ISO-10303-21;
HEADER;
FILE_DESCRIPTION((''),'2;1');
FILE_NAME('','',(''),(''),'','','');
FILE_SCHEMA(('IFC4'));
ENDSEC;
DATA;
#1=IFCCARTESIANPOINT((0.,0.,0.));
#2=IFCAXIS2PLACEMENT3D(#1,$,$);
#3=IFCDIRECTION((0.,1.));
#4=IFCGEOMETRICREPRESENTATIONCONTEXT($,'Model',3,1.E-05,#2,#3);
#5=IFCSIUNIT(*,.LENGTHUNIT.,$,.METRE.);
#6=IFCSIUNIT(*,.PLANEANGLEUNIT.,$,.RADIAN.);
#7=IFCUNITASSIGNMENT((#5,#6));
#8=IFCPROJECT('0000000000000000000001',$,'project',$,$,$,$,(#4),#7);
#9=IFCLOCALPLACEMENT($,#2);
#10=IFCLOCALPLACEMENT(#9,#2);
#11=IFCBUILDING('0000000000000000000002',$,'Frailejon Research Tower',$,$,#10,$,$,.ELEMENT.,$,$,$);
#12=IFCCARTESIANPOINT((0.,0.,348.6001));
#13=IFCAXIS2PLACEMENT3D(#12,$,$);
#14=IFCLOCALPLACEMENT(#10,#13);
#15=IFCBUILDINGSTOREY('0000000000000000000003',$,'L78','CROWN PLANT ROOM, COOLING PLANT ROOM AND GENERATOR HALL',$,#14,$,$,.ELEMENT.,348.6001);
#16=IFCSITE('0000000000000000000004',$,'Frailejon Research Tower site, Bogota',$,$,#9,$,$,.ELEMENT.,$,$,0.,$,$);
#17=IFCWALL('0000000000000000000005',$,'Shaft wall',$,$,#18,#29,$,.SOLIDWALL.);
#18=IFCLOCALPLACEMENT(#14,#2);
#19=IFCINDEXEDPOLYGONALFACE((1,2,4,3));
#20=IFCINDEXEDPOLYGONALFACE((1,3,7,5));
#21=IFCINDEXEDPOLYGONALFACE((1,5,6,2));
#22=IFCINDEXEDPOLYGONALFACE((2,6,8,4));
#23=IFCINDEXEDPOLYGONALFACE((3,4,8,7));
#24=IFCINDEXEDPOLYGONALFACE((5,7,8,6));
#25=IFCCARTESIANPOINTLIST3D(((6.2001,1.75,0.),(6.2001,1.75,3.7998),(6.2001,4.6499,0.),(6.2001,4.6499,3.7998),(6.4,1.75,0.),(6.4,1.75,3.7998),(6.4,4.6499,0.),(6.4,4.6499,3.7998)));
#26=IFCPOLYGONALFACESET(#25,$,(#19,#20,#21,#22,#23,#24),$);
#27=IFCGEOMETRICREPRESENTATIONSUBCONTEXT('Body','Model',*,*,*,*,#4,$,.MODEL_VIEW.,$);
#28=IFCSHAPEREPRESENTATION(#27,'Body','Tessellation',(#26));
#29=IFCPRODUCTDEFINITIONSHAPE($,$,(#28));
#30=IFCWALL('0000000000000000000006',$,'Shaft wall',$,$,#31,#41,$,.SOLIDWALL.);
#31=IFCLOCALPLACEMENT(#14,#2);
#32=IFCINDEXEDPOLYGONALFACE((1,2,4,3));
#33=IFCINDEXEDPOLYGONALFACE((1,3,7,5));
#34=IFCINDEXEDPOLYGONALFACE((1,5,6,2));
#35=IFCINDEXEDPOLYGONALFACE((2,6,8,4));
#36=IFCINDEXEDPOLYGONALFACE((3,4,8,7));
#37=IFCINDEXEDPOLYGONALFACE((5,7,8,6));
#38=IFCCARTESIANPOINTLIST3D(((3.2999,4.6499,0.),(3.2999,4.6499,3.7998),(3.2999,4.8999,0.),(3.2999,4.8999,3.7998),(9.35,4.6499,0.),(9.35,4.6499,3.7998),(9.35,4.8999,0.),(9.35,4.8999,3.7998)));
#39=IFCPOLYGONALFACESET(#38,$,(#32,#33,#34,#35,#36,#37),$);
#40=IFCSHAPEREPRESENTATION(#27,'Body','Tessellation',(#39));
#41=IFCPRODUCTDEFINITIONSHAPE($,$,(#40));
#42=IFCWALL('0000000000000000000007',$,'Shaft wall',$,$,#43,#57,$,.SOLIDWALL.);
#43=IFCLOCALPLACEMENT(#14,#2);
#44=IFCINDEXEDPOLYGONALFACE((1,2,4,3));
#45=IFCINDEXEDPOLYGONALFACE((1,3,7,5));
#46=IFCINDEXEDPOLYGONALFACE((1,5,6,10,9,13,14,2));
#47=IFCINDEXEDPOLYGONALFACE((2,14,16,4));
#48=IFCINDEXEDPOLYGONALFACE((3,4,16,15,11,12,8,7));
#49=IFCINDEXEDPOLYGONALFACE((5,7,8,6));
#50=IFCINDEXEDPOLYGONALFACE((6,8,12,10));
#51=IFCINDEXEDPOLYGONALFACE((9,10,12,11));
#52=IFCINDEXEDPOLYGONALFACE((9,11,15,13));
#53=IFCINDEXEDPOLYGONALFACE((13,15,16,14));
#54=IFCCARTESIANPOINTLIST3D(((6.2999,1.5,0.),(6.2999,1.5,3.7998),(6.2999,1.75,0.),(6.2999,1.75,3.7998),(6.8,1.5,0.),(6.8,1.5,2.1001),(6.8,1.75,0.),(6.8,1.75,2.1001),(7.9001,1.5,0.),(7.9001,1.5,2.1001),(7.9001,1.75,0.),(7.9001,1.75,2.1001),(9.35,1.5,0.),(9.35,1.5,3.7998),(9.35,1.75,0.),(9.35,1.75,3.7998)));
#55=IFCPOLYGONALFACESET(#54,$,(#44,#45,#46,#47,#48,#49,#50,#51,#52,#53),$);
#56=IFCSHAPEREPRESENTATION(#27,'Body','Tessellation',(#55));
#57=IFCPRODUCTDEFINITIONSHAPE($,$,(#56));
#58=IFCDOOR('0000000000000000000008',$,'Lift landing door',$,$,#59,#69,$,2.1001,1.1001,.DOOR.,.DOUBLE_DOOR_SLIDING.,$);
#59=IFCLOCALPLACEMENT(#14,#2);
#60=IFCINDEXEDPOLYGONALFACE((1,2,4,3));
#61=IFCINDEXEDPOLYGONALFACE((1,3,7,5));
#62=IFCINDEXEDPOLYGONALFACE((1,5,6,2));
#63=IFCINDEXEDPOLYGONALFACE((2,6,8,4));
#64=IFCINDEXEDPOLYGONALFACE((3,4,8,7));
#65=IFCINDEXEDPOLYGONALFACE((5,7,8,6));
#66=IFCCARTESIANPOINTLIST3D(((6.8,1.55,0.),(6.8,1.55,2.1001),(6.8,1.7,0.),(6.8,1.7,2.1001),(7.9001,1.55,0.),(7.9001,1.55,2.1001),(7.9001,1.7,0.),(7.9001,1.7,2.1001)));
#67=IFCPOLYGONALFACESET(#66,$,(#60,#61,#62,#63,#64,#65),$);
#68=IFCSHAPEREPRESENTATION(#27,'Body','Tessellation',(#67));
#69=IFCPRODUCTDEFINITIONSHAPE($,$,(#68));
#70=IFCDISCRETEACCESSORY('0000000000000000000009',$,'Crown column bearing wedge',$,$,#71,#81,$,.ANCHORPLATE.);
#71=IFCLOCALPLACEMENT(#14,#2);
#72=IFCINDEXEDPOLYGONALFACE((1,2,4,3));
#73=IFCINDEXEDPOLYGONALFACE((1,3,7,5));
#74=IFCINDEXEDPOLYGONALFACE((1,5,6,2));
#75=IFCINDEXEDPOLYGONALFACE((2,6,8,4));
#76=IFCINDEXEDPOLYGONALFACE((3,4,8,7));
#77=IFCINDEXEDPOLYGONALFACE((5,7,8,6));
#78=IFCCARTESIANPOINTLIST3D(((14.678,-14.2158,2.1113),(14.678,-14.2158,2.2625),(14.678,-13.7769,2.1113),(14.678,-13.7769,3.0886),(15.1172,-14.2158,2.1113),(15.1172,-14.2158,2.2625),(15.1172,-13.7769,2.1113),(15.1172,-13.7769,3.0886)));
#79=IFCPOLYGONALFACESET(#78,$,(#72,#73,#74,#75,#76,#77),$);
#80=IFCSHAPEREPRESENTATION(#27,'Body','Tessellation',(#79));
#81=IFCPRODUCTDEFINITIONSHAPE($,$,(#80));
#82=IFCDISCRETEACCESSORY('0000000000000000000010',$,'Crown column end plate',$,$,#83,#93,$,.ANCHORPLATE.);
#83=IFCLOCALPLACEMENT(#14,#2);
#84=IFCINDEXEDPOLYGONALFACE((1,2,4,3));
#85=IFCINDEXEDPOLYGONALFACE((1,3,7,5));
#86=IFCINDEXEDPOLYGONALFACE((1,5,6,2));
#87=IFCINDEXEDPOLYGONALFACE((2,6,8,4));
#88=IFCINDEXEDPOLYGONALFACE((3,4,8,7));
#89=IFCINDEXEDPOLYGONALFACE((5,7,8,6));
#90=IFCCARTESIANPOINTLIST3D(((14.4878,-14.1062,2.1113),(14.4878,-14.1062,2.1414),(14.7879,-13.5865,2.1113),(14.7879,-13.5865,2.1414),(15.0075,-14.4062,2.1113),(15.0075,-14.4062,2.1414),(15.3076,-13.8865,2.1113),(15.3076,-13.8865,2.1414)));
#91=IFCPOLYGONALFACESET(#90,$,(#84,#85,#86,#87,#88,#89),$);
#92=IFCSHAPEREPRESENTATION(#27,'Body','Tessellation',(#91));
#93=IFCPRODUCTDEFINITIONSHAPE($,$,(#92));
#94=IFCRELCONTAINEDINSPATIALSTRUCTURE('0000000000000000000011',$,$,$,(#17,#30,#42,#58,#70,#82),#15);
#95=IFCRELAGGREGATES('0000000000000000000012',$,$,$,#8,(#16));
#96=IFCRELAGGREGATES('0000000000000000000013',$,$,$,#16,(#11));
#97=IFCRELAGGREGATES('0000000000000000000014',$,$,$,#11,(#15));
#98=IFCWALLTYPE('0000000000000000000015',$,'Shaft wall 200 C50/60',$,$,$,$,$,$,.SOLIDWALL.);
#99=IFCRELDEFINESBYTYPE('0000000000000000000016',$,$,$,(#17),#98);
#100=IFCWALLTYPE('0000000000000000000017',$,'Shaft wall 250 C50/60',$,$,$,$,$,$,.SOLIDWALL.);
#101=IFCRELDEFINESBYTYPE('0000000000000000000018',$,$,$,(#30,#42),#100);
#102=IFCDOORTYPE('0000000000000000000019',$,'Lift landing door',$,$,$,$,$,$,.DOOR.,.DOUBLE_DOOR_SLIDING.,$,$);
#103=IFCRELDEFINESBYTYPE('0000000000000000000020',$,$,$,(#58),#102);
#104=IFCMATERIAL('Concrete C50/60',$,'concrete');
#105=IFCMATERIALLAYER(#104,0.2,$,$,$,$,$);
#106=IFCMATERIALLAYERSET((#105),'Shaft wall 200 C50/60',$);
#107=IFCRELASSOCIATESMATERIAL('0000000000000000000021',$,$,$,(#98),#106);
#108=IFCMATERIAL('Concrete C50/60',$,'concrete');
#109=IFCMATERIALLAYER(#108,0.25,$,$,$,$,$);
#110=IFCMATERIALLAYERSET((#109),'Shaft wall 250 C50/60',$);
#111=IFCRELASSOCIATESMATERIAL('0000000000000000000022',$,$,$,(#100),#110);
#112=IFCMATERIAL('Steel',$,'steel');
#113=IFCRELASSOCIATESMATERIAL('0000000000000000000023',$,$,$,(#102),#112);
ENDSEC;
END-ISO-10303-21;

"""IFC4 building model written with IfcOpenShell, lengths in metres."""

from ifc_helpers import new_model, si_unit, direction, frame, frame_2d, origin, origin_2d, place, context, subcontext, project, spatial, polyline, rectangle, outline, extrude, material, layer, layer_set, type_object, element, fill, save


model = new_model("IFC4")

# Units and contexts
model_context = context("Model", 3, precision=1e-05, world=origin(), true_north=direction((0.0, 1.0)))
body_context = subcontext(model_context, "Body", "Model", "MODEL_VIEW")
ifc_project = project(units=[si_unit("LENGTHUNIT", "METRE"), si_unit("PLANEANGLEUNIT", "RADIAN")], contexts=[model_context])

# Site, building, storey
site_placement = place(None, origin())
site = spatial("IfcSite", under=ifc_project, at=site_placement, Name="Frailejon Research Tower site, Bogota", CompositionType="ELEMENT", RefElevation=0.0)
building_placement = place(site_placement, origin())
building = spatial("IfcBuilding", under=site, at=building_placement, Name="Frailejon Research Tower", CompositionType="ELEMENT")
storey_placement = place(building_placement, frame((0.0, 0.0, 348.6001)))
storey = spatial("IfcBuildingStorey", under=building, at=storey_placement, Name="L78", Description="CROWN PLANT ROOM, COOLING PLANT ROOM AND GENERATOR HALL", CompositionType="ELEMENT", Elevation=348.6001)

# Walls
ifc_material_1 = material(Name="Concrete C50/60", Category="concrete")
ifc_layer_1 = layer(ifc_material_1, 0.2)
ifc_layer_set_1 = layer_set([ifc_layer_1], Name="Shaft wall 200 C50/60")
wall_type_1 = type_object("IfcWallType", Name="Shaft wall 200 C50/60", PredefinedType="SOLIDWALL", material=ifc_layer_set_1)
wall_1_placement = place(storey_placement, frame((6.3, 1.75, 0.0), z_axis=(0.0, 0.0, 1.0), x_axis=(0.0, 1.0, 0.0)))
element("IfcWall", 1, at=wall_1_placement, inside=storey, type_object=wall_type_1, Name="Shaft wall", PredefinedType="SOLIDWALL", context=body_context, shape_type="SweptSolid", body=[
    extrude(rectangle(XDim=2.8999, YDim=0.2, at=frame_2d((1.45, 0.0))), origin(), (0.0, 0.0, 1.0), 3.7998),
])
ifc_material_2 = material(Name="Concrete C50/60", Category="concrete")
ifc_layer_2 = layer(ifc_material_2, 0.25)
ifc_layer_set_2 = layer_set([ifc_layer_2], Name="Shaft wall 250 C50/60")
wall_type_2 = type_object("IfcWallType", Name="Shaft wall 250 C50/60", PredefinedType="SOLIDWALL", material=ifc_layer_set_2)
wall_2_placement = place(storey_placement, frame((3.3, 4.7749, 0.0), z_axis=(0.0, 0.0, 1.0), x_axis=(1.0, 0.0, 0.0)))
element("IfcWall", 2, at=wall_2_placement, inside=storey, type_object=wall_type_2, Name="Shaft wall", PredefinedType="SOLIDWALL", context=body_context, shape_type="SweptSolid", body=[
    extrude(rectangle(XDim=6.05, YDim=0.25, at=frame_2d((3.0249, 0.0))), origin(), (0.0, 0.0, 1.0), 3.7998),
])

# Wall, opening, door
wall_3_placement = place(storey_placement, frame((6.3, 1.625, 0.0), z_axis=(0.0, 0.0, 1.0), x_axis=(1.0, 0.0, 0.0)))
wall_3 = element("IfcWall", 3, at=wall_3_placement, inside=storey, type_object=wall_type_2, Name="Shaft wall", PredefinedType="SOLIDWALL", context=body_context, shape_type="SweptSolid", body=[
    extrude(rectangle(XDim=3.05, YDim=0.25, at=frame_2d((1.5249, 0.0))), origin(), (0.0, 0.0, 1.0), 3.7998),
])
opening_1_placement = place(wall_3_placement, frame((0.5, 0.0, 0.0)))
opening_1 = element("IfcOpeningElement", 4, at=opening_1_placement, cuts=wall_3, PredefinedType="OPENING", context=body_context, shape_type="SweptSolid", body=[
    extrude(rectangle(XDim=1.1001, YDim=2.1001, at=frame_2d((0.55, 1.05))), frame((0.0, 0.135, 0.0), z_axis=(0.0, -1.0, 0.0), x_axis=(1.0, 0.0, 0.0)), (0.0, 0.0, 1.0), 0.27),
])
ifc_material_3 = material(Name="Steel", Category="steel")
door_type_1 = type_object("IfcDoorType", Name="Lift landing door", OperationType="DOUBLE_DOOR_SLIDING", PredefinedType="DOOR", material=ifc_material_3)
door_1_placement = place(opening_1_placement, origin())
door_1 = element("IfcDoor", 5, at=door_1_placement, inside=storey, type_object=door_type_1, Name="Lift landing door", OperationType="DOUBLE_DOOR_SLIDING", OverallHeight=2.1001, OverallWidth=1.1001, PredefinedType="DOOR", context=body_context, shape_type="SweptSolid", body=[
    extrude(rectangle(XDim=1.1001, YDim=2.1001, at=frame_2d((0.55, 1.05))), frame((0.0, 0.075, 0.0), z_axis=(0.0, -1.0, 0.0), x_axis=(1.0, 0.0, 0.0)), (0.0, 0.0, 1.0), 0.1499),
])
fill(opening_1, door_1)

# Discrete accessories
discrete_accessory_1_placement = place(storey_placement, frame((14.678, -13.9963, 2.1113), z_axis=(1.0, 0.0, 0.0), x_axis=(0.0, 1.0, 0.0)))
element("IfcDiscreteAccessory", 6, at=discrete_accessory_1_placement, inside=storey, Name="Crown column bearing wedge", PredefinedType="ANCHORPLATE", context=body_context, shape_type="SweptSolid", body=[
    extrude(outline(polyline([(-0.2195, 0.0), (0.2195, 0.0), (0.2195, 0.9773), (-0.2195, 0.1511), (-0.2195, 0.0)])), origin(), (0.0, 0.0, 1.0), 0.4392),
])
discrete_accessory_2_placement = place(storey_placement, frame((14.8977, -13.9963, 2.1113), z_axis=(0.0, 0.0, 1.0), x_axis=(0.5, 0.866025, 0.0)))
element("IfcDiscreteAccessory", 7, at=discrete_accessory_2_placement, inside=storey, Name="Crown column end plate", PredefinedType="ANCHORPLATE", context=body_context, shape_type="SweptSolid", body=[
    extrude(rectangle(XDim=0.6001, YDim=0.6001, at=origin_2d()), origin(), (0.0, 0.0, 1.0), 0.03),
])

save(model, "model.ifc")
